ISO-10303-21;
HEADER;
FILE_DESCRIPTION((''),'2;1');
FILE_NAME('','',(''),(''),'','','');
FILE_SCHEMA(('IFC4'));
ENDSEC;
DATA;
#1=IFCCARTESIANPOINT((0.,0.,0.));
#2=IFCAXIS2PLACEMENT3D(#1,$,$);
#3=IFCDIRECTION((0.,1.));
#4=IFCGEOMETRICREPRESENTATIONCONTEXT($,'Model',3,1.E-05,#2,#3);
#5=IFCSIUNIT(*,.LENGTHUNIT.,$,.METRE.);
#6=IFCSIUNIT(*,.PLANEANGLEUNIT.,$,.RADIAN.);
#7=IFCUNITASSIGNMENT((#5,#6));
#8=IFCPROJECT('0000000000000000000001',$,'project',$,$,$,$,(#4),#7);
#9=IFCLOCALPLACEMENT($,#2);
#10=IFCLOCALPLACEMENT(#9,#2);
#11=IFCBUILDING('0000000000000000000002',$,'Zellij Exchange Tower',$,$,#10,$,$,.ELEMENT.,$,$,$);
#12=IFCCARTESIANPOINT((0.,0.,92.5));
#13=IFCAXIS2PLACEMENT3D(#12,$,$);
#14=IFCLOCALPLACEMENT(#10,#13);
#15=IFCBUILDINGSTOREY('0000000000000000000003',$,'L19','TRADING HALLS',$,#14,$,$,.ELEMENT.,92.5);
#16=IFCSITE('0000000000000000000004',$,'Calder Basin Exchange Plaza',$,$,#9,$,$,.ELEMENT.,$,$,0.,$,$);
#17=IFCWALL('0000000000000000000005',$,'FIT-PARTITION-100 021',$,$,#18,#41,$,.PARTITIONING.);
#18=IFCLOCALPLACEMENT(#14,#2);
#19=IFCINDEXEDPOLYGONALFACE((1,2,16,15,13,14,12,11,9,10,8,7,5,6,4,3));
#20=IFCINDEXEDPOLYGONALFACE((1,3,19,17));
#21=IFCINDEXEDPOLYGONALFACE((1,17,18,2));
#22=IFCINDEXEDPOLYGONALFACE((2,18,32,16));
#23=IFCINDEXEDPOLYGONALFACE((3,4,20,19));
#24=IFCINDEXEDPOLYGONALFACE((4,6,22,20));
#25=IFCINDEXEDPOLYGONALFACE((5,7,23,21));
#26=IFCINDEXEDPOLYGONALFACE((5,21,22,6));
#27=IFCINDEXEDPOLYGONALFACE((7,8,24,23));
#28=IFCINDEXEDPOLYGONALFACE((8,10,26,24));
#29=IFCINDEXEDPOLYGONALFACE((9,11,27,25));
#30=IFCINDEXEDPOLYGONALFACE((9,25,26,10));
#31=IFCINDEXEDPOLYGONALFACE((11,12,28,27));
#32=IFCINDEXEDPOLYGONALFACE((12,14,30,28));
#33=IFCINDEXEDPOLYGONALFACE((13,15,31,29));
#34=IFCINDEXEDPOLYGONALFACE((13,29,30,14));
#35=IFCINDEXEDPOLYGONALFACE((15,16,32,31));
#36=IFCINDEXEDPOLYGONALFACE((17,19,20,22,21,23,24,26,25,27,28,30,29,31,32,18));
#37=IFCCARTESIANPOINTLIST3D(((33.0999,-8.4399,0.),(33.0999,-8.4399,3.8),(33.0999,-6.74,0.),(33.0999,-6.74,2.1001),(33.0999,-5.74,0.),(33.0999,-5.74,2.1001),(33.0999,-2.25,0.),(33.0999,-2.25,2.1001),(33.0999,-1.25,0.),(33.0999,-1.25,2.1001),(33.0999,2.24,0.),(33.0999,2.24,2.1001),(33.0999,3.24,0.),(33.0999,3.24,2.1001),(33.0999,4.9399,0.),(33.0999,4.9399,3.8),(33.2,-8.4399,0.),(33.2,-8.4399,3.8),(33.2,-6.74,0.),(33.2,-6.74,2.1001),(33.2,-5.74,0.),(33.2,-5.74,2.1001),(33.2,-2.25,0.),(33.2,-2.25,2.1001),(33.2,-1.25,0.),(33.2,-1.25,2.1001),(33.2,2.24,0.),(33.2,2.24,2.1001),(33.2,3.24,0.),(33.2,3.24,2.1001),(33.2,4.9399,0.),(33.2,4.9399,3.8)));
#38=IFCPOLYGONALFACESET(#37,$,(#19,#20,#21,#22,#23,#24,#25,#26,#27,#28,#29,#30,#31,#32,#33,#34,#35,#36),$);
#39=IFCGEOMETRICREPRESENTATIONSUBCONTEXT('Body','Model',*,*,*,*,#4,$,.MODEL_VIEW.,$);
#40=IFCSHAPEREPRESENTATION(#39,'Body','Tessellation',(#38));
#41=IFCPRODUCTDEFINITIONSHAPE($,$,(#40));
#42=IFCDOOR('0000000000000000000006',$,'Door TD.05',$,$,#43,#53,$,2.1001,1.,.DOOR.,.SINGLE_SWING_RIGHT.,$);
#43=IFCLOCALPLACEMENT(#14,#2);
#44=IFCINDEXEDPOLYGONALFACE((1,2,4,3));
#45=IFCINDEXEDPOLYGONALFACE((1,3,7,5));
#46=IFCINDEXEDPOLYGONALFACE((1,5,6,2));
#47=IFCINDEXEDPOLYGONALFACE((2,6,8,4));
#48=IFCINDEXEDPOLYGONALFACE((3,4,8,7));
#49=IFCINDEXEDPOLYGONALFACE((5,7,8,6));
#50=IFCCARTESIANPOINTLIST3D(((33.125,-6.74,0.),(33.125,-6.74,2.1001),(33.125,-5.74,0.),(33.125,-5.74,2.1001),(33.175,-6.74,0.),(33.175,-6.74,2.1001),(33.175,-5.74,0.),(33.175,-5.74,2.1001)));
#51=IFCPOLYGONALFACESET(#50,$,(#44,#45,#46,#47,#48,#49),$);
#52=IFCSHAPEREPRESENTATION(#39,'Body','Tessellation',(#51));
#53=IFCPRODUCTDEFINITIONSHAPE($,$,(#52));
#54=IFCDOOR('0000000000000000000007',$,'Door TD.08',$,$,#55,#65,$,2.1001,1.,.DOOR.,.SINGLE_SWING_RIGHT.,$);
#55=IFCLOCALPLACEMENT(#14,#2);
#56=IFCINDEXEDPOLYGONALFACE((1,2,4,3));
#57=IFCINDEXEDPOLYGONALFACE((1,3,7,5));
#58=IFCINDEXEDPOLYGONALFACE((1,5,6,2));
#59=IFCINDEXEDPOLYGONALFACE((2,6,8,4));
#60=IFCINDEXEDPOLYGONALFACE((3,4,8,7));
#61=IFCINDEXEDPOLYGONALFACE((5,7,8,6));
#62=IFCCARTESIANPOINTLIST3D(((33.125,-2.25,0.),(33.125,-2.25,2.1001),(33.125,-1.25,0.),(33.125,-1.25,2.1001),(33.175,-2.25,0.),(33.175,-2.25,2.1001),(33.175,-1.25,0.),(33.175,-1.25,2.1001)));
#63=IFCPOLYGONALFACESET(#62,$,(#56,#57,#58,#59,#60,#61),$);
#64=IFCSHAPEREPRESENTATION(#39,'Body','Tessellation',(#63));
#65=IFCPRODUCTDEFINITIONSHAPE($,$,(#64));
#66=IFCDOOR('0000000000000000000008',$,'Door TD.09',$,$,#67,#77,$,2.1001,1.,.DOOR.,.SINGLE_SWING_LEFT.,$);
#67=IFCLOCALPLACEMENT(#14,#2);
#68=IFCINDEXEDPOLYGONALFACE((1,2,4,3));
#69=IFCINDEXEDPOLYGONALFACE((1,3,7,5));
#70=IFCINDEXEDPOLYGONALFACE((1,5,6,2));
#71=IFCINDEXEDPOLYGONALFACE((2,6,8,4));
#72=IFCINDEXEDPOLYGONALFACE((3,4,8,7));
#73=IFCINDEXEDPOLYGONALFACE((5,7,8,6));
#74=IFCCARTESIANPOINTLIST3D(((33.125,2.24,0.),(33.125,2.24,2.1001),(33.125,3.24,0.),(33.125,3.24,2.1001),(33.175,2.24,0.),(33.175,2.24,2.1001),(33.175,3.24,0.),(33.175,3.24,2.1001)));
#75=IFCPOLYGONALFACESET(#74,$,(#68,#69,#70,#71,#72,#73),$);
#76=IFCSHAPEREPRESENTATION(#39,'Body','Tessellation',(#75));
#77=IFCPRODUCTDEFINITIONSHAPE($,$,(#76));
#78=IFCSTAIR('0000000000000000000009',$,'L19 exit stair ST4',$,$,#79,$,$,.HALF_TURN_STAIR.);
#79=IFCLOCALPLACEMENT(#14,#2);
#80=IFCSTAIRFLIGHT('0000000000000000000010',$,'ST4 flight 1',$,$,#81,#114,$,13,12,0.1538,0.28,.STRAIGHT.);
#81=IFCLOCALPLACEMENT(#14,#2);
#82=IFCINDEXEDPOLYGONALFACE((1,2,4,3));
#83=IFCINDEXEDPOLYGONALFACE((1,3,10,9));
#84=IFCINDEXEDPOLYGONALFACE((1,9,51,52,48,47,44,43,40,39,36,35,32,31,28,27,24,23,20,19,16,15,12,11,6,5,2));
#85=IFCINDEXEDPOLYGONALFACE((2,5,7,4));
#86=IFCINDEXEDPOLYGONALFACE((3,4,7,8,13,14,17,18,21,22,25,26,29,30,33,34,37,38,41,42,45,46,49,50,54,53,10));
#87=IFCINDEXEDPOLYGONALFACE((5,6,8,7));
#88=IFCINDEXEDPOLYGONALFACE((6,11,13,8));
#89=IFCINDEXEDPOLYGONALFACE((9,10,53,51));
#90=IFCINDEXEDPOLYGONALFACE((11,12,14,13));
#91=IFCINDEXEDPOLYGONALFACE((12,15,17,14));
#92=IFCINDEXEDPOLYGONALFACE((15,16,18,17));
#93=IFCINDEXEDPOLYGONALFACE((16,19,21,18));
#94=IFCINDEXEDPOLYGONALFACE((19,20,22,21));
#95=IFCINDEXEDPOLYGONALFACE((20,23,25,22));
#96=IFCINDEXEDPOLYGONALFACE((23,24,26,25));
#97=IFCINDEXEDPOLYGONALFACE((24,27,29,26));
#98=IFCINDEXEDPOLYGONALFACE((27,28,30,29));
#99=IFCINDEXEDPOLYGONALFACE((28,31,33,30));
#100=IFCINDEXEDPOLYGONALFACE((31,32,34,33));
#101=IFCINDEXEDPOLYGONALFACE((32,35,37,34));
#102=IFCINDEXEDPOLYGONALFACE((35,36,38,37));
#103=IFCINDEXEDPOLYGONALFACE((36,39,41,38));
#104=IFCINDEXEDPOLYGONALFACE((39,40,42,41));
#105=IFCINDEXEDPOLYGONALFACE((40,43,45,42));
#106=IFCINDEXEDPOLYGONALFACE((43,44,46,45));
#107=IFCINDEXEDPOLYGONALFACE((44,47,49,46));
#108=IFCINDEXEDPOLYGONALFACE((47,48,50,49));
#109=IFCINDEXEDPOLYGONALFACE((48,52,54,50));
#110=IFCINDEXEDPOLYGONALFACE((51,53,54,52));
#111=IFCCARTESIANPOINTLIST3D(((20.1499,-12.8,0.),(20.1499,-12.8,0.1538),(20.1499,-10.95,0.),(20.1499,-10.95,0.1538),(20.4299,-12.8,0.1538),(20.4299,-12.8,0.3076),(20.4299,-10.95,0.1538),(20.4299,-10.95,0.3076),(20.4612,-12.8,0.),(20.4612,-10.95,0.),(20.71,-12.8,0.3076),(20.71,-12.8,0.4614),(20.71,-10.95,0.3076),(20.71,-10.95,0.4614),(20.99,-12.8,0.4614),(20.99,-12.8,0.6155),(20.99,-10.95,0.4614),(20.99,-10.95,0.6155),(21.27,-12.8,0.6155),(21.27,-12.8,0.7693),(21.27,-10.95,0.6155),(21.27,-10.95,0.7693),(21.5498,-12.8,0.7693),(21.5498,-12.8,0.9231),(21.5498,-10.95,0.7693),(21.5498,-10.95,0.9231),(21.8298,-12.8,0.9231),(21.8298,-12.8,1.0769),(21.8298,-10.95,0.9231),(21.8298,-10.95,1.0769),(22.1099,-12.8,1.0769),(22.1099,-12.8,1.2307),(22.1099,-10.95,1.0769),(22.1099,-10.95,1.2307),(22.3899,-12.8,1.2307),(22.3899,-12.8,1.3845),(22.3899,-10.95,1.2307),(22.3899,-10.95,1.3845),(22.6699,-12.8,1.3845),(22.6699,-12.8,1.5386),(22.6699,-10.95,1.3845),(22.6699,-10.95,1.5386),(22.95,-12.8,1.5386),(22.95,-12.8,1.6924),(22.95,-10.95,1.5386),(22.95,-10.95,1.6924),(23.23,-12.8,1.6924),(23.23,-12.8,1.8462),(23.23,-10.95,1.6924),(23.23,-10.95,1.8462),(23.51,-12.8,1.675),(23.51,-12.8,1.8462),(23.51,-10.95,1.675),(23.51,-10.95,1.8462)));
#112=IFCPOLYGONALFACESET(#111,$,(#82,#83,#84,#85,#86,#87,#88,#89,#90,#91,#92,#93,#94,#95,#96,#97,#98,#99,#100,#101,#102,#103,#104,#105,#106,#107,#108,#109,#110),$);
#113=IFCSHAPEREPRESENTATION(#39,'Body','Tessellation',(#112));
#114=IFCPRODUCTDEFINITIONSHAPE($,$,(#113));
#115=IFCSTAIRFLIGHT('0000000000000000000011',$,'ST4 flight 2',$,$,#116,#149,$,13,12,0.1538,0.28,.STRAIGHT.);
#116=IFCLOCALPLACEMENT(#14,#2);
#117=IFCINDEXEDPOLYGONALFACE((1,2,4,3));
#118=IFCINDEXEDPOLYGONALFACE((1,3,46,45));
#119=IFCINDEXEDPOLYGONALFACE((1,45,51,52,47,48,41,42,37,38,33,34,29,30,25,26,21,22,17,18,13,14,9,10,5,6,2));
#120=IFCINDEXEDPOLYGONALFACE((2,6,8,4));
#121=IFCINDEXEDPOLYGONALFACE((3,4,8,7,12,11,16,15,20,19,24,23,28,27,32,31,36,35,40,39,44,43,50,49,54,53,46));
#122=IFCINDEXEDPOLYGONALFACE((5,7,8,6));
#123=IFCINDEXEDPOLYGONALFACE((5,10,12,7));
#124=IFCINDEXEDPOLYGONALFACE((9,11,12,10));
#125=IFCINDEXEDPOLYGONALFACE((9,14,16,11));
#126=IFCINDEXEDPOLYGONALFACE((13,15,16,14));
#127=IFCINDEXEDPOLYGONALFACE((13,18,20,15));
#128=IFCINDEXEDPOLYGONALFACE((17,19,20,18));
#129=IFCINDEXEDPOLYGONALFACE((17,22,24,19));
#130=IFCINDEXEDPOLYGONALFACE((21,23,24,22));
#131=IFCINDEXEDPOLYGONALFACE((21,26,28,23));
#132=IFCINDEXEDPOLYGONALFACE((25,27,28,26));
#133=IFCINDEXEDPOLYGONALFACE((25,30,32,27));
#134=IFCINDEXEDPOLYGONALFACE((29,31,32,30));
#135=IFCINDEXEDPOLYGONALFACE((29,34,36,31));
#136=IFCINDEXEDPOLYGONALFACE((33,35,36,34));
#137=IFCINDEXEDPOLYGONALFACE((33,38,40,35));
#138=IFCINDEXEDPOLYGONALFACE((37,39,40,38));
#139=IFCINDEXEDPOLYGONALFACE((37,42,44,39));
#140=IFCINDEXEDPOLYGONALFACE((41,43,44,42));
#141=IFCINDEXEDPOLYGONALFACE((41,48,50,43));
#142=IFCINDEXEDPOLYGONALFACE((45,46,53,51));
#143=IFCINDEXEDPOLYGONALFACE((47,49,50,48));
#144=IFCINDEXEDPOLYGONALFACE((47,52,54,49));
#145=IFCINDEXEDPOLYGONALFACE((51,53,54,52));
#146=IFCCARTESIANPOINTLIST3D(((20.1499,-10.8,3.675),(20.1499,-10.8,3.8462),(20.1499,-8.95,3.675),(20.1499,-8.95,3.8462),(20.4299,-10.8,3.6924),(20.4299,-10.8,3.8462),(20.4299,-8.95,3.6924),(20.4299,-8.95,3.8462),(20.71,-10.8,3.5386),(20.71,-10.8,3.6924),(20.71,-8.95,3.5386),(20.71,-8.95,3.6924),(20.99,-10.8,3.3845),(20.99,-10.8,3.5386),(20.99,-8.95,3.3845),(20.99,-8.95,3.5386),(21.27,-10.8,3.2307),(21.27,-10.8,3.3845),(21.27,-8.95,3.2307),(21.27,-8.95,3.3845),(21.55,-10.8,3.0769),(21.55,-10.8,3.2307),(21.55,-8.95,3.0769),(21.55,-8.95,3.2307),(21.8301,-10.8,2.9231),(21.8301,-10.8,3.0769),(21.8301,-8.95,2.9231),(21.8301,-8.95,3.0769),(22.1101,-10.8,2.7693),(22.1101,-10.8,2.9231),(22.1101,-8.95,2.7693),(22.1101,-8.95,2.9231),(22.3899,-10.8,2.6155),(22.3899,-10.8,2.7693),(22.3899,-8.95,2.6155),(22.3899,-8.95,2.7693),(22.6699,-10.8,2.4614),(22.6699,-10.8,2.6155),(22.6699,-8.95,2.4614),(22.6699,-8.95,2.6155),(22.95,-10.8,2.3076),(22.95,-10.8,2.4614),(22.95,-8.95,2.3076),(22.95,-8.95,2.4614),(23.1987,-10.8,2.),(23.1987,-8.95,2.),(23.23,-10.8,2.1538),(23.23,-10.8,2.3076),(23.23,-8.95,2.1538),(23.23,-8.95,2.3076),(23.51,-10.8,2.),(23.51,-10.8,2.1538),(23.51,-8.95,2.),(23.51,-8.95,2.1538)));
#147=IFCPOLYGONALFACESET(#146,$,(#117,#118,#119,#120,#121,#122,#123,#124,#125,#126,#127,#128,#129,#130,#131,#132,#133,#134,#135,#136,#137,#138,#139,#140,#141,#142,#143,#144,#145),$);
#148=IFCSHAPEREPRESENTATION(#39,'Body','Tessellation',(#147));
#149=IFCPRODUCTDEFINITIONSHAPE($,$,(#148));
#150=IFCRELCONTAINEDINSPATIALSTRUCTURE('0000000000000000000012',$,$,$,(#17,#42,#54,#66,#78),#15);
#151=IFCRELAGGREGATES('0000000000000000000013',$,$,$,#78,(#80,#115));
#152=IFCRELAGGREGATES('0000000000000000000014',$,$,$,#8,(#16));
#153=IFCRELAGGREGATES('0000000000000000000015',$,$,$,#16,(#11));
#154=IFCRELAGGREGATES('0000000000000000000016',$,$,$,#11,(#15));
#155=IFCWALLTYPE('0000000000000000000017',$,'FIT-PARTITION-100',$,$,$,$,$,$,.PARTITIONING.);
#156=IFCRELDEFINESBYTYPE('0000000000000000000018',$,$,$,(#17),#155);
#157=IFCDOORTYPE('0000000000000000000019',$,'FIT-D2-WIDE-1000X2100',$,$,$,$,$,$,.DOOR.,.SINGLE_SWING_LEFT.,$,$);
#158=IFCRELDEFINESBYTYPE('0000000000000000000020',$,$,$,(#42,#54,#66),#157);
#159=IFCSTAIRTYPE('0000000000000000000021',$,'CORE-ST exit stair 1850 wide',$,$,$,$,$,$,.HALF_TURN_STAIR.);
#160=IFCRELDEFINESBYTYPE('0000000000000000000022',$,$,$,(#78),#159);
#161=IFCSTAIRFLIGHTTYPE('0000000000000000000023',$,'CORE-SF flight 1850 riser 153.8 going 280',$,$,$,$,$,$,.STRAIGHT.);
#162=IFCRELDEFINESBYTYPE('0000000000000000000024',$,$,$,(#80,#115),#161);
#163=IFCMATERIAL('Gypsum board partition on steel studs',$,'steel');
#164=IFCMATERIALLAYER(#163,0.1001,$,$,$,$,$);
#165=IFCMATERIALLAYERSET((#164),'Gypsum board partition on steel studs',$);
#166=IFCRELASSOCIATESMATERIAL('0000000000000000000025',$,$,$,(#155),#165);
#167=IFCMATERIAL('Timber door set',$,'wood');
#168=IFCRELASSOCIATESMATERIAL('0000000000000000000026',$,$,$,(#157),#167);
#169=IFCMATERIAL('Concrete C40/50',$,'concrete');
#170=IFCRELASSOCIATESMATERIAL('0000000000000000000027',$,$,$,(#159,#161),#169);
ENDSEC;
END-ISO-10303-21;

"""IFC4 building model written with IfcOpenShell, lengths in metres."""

from ifc_helpers import new_model, si_unit, direction, frame, frame_2d, origin, place, context, subcontext, project, spatial, polyline, rectangle, outline, extrude, material, layer, layer_set, type_object, element, fill, aggregate, save


model = new_model("IFC4")

# Units and contexts
model_context = context("Model", 3, precision=1e-05, world=origin(), true_north=direction((0.0, 1.0)))
body_context = subcontext(model_context, "Body", "Model", "MODEL_VIEW")
ifc_project = project(units=[si_unit("LENGTHUNIT", "METRE"), si_unit("PLANEANGLEUNIT", "RADIAN")], contexts=[model_context])

# Site, building, storey
site_placement = place(None, origin())
site = spatial("IfcSite", under=ifc_project, at=site_placement, Name="Calder Basin Exchange Plaza", CompositionType="ELEMENT", RefElevation=0.0)
building_placement = place(site_placement, origin())
building = spatial("IfcBuilding", under=site, at=building_placement, Name="Zellij Exchange Tower", CompositionType="ELEMENT")
storey_placement = place(building_placement, frame((0.0, 0.0, 92.5)))
storey = spatial("IfcBuildingStorey", under=building, at=storey_placement, Name="L19", Description="TRADING HALLS", CompositionType="ELEMENT", Elevation=92.5)

# Shared definitions
ifc_material_1 = material(Name="Gypsum board partition on steel studs", Category="steel")
ifc_layer_1 = layer(ifc_material_1, 0.1001)
ifc_layer_set_1 = layer_set([ifc_layer_1], Name="Gypsum board partition on steel studs")
wall_type_1 = type_object("IfcWallType", Name="FIT-PARTITION-100", PredefinedType="PARTITIONING", material=ifc_layer_set_1)

# Shared definitions
ifc_material_2 = material(Name="Timber door set", Category="wood")
door_type_1 = type_object("IfcDoorType", Name="FIT-D2-WIDE-1000X2100", OperationType="SINGLE_SWING_LEFT", PredefinedType="DOOR", material=ifc_material_2)

# Wall, openings, doors
wall_1_placement = place(storey_placement, frame((33.1499, -8.4399, 0.0), z_axis=(0.0, 0.0, 1.0), x_axis=(0.0, 1.0, 0.0)))
wall_1 = element("IfcWall", 1, at=wall_1_placement, inside=storey, type_object=wall_type_1, Name="FIT-PARTITION-100 021", PredefinedType="PARTITIONING", context=body_context, shape_type="SweptSolid", body=[
    extrude(rectangle(XDim=13.3799, YDim=0.1001, at=frame_2d((6.6899, 0.0))), origin(), (0.0, 0.0, 1.0), 3.8),
])
opening_1_placement = place(wall_1_placement, frame((1.7, 0.0, 0.0)))
opening_1 = element("IfcOpeningElement", 2, at=opening_1_placement, cuts=wall_1, PredefinedType="OPENING", context=body_context, shape_type="SweptSolid", body=[
    extrude(rectangle(XDim=1.0, YDim=2.1001, at=frame_2d((0.5, 1.05))), frame((0.0, 0.062, 0.0), z_axis=(0.0, -1.0, 0.0), x_axis=(1.0, 0.0, 0.0)), (0.0, 0.0, 1.0), 0.124),
])
opening_2_placement = place(wall_1_placement, frame((6.1899, 0.0, 0.0)))
opening_2 = element("IfcOpeningElement", 3, at=opening_2_placement, cuts=wall_1, PredefinedType="OPENING", context=body_context, shape_type="SweptSolid", body=[
    extrude(rectangle(XDim=1.0, YDim=2.1001, at=frame_2d((0.5, 1.05))), frame((0.0, 0.062, 0.0), z_axis=(0.0, -1.0, 0.0), x_axis=(1.0, 0.0, 0.0)), (0.0, 0.0, 1.0), 0.124),
])
opening_3_placement = place(wall_1_placement, frame((10.6799, 0.0, 0.0)))
opening_3 = element("IfcOpeningElement", 4, at=opening_3_placement, cuts=wall_1, PredefinedType="OPENING", context=body_context, shape_type="SweptSolid", body=[
    extrude(rectangle(XDim=1.0, YDim=2.1001, at=frame_2d((0.5, 1.05))), frame((0.0, 0.062, 0.0), z_axis=(0.0, -1.0, 0.0), x_axis=(1.0, 0.0, 0.0)), (0.0, 0.0, 1.0), 0.124),
])
door_1_placement = place(opening_1_placement, origin())
door_1 = element("IfcDoor", 5, at=door_1_placement, inside=storey, type_object=door_type_1, Name="Door TD.05", OperationType="SINGLE_SWING_RIGHT", OverallHeight=2.1001, OverallWidth=1.0, PredefinedType="DOOR", context=body_context, shape_type="SweptSolid", body=[
    extrude(rectangle(XDim=1.0, YDim=2.1001, at=frame_2d((0.5, 1.05))), frame((0.0, 0.0249, 0.0), z_axis=(0.0, -1.0, 0.0), x_axis=(1.0, 0.0, 0.0)), (0.0, 0.0, 1.0), 0.05),
])
fill(opening_1, door_1)
door_2_placement = place(opening_2_placement, origin())
door_2 = element("IfcDoor", 6, at=door_2_placement, inside=storey, type_object=door_type_1, Name="Door TD.08", OperationType="SINGLE_SWING_RIGHT", OverallHeight=2.1001, OverallWidth=1.0, PredefinedType="DOOR", context=body_context, shape_type="SweptSolid", body=[
    extrude(rectangle(XDim=1.0, YDim=2.1001, at=frame_2d((0.5, 1.05))), frame((0.0, 0.0249, 0.0), z_axis=(0.0, -1.0, 0.0), x_axis=(1.0, 0.0, 0.0)), (0.0, 0.0, 1.0), 0.05),
])
fill(opening_2, door_2)
door_3_placement = place(opening_3_placement, origin())
door_3 = element("IfcDoor", 7, at=door_3_placement, inside=storey, type_object=door_type_1, Name="Door TD.09", OperationType="SINGLE_SWING_LEFT", OverallHeight=2.1001, OverallWidth=1.0, PredefinedType="DOOR", context=body_context, shape_type="SweptSolid", body=[
    extrude(rectangle(XDim=1.0, YDim=2.1001, at=frame_2d((0.5, 1.05))), frame((0.0, 0.0249, 0.0), z_axis=(0.0, -1.0, 0.0), x_axis=(1.0, 0.0, 0.0)), (0.0, 0.0, 1.0), 0.05),
])
fill(opening_3, door_3)

# Stair, stair flights
ifc_material_3 = material(Name="Concrete C40/50", Category="concrete")
stair_type = type_object("IfcStairType", Name="CORE-ST exit stair 1850 wide", PredefinedType="HALF_TURN_STAIR", material=ifc_material_3)
stair_placement = place(storey_placement, origin())
stair = element("IfcStair", 8, at=stair_placement, inside=storey, type_object=stair_type, Name="L19 exit stair ST4", PredefinedType="HALF_TURN_STAIR")
stair_flight_type = type_object("IfcStairFlightType", Name="CORE-SF flight 1850 riser 153.8 going 280", PredefinedType="STRAIGHT", material=ifc_material_3)
stair_flight_1_placement = place(storey_placement, frame((20.1499, -11.875, 0.0), z_axis=(0.0, 0.0, 1.0), x_axis=(1.0, 0.0, 0.0)))
stair_flight_1 = element("IfcStairFlight", 9, at=stair_flight_1_placement, type_object=stair_flight_type, Name="ST4 flight 1", NumberOfRisers=13, NumberOfTreads=12, PredefinedType="STRAIGHT", RiserHeight=0.1538, TreadLength=0.28, context=body_context, shape_type="SweptSolid", body=[
    extrude(outline(polyline([(0.0, 0.0), (0.0, 0.1538), (0.28, 0.1538), (0.28, 0.3076), (0.5601, 0.3076), (0.5601, 0.4614), (0.8401, 0.4614), (0.8401, 0.6155), (1.1201, 0.6155), (1.1201, 0.7693), (1.3999, 0.7693), (1.3999, 0.9231), (1.6799, 0.9231), (1.6799, 1.0769), (1.96, 1.0769), (1.96, 1.2307), (2.24, 1.2307), (2.24, 1.3845), (2.52, 1.3845), (2.52, 1.5386), (2.8, 1.5386), (2.8, 1.6924), (3.0801, 1.6924), (3.0801, 1.8462), (3.3601, 1.8462), (3.3601, 2.0), (3.3601, 1.675), (0.3113, 0.0), (0.0, 0.0)])), frame((0.0, 0.925, 0.0), z_axis=(0.0, -1.0, 0.0), x_axis=(1.0, 0.0, 0.0)), (0.0, 0.0, 1.0), 1.8501),
])
stair_flight_2_placement = place(storey_placement, frame((23.51, -9.875, 2.0), z_axis=(0.0, 0.0, 1.0), x_axis=(-1.0, 0.0, 0.0)))
stair_flight_2 = element("IfcStairFlight", 10, at=stair_flight_2_placement, type_object=stair_flight_type, Name="ST4 flight 2", NumberOfRisers=13, NumberOfTreads=12, PredefinedType="STRAIGHT", RiserHeight=0.1538, TreadLength=0.28, context=body_context, shape_type="SweptSolid", body=[
    extrude(outline(polyline([(0.0, 0.0), (0.0, 0.1538), (0.28, 0.1538), (0.28, 0.3076), (0.5601, 0.3076), (0.5601, 0.4614), (0.8401, 0.4614), (0.8401, 0.6155), (1.1201, 0.6155), (1.1201, 0.7693), (1.3999, 0.7693), (1.3999, 0.9231), (1.6799, 0.9231), (1.6799, 1.0769), (1.96, 1.0769), (1.96, 1.2307), (2.24, 1.2307), (2.24, 1.3845), (2.52, 1.3845), (2.52, 1.5386), (2.8, 1.5386), (2.8, 1.6924), (3.0801, 1.6924), (3.0801, 1.8462), (3.3601, 1.8462), (3.3601, 2.0), (3.3601, 1.675), (0.3113, 0.0), (0.0, 0.0)])), frame((0.0, 0.925, 0.0), z_axis=(0.0, -1.0, 0.0), x_axis=(1.0, 0.0, 0.0)), (0.0, 0.0, 1.0), 1.8501),
])
aggregate(stair, [stair_flight_1, stair_flight_2])

save(model, "model.ifc")
